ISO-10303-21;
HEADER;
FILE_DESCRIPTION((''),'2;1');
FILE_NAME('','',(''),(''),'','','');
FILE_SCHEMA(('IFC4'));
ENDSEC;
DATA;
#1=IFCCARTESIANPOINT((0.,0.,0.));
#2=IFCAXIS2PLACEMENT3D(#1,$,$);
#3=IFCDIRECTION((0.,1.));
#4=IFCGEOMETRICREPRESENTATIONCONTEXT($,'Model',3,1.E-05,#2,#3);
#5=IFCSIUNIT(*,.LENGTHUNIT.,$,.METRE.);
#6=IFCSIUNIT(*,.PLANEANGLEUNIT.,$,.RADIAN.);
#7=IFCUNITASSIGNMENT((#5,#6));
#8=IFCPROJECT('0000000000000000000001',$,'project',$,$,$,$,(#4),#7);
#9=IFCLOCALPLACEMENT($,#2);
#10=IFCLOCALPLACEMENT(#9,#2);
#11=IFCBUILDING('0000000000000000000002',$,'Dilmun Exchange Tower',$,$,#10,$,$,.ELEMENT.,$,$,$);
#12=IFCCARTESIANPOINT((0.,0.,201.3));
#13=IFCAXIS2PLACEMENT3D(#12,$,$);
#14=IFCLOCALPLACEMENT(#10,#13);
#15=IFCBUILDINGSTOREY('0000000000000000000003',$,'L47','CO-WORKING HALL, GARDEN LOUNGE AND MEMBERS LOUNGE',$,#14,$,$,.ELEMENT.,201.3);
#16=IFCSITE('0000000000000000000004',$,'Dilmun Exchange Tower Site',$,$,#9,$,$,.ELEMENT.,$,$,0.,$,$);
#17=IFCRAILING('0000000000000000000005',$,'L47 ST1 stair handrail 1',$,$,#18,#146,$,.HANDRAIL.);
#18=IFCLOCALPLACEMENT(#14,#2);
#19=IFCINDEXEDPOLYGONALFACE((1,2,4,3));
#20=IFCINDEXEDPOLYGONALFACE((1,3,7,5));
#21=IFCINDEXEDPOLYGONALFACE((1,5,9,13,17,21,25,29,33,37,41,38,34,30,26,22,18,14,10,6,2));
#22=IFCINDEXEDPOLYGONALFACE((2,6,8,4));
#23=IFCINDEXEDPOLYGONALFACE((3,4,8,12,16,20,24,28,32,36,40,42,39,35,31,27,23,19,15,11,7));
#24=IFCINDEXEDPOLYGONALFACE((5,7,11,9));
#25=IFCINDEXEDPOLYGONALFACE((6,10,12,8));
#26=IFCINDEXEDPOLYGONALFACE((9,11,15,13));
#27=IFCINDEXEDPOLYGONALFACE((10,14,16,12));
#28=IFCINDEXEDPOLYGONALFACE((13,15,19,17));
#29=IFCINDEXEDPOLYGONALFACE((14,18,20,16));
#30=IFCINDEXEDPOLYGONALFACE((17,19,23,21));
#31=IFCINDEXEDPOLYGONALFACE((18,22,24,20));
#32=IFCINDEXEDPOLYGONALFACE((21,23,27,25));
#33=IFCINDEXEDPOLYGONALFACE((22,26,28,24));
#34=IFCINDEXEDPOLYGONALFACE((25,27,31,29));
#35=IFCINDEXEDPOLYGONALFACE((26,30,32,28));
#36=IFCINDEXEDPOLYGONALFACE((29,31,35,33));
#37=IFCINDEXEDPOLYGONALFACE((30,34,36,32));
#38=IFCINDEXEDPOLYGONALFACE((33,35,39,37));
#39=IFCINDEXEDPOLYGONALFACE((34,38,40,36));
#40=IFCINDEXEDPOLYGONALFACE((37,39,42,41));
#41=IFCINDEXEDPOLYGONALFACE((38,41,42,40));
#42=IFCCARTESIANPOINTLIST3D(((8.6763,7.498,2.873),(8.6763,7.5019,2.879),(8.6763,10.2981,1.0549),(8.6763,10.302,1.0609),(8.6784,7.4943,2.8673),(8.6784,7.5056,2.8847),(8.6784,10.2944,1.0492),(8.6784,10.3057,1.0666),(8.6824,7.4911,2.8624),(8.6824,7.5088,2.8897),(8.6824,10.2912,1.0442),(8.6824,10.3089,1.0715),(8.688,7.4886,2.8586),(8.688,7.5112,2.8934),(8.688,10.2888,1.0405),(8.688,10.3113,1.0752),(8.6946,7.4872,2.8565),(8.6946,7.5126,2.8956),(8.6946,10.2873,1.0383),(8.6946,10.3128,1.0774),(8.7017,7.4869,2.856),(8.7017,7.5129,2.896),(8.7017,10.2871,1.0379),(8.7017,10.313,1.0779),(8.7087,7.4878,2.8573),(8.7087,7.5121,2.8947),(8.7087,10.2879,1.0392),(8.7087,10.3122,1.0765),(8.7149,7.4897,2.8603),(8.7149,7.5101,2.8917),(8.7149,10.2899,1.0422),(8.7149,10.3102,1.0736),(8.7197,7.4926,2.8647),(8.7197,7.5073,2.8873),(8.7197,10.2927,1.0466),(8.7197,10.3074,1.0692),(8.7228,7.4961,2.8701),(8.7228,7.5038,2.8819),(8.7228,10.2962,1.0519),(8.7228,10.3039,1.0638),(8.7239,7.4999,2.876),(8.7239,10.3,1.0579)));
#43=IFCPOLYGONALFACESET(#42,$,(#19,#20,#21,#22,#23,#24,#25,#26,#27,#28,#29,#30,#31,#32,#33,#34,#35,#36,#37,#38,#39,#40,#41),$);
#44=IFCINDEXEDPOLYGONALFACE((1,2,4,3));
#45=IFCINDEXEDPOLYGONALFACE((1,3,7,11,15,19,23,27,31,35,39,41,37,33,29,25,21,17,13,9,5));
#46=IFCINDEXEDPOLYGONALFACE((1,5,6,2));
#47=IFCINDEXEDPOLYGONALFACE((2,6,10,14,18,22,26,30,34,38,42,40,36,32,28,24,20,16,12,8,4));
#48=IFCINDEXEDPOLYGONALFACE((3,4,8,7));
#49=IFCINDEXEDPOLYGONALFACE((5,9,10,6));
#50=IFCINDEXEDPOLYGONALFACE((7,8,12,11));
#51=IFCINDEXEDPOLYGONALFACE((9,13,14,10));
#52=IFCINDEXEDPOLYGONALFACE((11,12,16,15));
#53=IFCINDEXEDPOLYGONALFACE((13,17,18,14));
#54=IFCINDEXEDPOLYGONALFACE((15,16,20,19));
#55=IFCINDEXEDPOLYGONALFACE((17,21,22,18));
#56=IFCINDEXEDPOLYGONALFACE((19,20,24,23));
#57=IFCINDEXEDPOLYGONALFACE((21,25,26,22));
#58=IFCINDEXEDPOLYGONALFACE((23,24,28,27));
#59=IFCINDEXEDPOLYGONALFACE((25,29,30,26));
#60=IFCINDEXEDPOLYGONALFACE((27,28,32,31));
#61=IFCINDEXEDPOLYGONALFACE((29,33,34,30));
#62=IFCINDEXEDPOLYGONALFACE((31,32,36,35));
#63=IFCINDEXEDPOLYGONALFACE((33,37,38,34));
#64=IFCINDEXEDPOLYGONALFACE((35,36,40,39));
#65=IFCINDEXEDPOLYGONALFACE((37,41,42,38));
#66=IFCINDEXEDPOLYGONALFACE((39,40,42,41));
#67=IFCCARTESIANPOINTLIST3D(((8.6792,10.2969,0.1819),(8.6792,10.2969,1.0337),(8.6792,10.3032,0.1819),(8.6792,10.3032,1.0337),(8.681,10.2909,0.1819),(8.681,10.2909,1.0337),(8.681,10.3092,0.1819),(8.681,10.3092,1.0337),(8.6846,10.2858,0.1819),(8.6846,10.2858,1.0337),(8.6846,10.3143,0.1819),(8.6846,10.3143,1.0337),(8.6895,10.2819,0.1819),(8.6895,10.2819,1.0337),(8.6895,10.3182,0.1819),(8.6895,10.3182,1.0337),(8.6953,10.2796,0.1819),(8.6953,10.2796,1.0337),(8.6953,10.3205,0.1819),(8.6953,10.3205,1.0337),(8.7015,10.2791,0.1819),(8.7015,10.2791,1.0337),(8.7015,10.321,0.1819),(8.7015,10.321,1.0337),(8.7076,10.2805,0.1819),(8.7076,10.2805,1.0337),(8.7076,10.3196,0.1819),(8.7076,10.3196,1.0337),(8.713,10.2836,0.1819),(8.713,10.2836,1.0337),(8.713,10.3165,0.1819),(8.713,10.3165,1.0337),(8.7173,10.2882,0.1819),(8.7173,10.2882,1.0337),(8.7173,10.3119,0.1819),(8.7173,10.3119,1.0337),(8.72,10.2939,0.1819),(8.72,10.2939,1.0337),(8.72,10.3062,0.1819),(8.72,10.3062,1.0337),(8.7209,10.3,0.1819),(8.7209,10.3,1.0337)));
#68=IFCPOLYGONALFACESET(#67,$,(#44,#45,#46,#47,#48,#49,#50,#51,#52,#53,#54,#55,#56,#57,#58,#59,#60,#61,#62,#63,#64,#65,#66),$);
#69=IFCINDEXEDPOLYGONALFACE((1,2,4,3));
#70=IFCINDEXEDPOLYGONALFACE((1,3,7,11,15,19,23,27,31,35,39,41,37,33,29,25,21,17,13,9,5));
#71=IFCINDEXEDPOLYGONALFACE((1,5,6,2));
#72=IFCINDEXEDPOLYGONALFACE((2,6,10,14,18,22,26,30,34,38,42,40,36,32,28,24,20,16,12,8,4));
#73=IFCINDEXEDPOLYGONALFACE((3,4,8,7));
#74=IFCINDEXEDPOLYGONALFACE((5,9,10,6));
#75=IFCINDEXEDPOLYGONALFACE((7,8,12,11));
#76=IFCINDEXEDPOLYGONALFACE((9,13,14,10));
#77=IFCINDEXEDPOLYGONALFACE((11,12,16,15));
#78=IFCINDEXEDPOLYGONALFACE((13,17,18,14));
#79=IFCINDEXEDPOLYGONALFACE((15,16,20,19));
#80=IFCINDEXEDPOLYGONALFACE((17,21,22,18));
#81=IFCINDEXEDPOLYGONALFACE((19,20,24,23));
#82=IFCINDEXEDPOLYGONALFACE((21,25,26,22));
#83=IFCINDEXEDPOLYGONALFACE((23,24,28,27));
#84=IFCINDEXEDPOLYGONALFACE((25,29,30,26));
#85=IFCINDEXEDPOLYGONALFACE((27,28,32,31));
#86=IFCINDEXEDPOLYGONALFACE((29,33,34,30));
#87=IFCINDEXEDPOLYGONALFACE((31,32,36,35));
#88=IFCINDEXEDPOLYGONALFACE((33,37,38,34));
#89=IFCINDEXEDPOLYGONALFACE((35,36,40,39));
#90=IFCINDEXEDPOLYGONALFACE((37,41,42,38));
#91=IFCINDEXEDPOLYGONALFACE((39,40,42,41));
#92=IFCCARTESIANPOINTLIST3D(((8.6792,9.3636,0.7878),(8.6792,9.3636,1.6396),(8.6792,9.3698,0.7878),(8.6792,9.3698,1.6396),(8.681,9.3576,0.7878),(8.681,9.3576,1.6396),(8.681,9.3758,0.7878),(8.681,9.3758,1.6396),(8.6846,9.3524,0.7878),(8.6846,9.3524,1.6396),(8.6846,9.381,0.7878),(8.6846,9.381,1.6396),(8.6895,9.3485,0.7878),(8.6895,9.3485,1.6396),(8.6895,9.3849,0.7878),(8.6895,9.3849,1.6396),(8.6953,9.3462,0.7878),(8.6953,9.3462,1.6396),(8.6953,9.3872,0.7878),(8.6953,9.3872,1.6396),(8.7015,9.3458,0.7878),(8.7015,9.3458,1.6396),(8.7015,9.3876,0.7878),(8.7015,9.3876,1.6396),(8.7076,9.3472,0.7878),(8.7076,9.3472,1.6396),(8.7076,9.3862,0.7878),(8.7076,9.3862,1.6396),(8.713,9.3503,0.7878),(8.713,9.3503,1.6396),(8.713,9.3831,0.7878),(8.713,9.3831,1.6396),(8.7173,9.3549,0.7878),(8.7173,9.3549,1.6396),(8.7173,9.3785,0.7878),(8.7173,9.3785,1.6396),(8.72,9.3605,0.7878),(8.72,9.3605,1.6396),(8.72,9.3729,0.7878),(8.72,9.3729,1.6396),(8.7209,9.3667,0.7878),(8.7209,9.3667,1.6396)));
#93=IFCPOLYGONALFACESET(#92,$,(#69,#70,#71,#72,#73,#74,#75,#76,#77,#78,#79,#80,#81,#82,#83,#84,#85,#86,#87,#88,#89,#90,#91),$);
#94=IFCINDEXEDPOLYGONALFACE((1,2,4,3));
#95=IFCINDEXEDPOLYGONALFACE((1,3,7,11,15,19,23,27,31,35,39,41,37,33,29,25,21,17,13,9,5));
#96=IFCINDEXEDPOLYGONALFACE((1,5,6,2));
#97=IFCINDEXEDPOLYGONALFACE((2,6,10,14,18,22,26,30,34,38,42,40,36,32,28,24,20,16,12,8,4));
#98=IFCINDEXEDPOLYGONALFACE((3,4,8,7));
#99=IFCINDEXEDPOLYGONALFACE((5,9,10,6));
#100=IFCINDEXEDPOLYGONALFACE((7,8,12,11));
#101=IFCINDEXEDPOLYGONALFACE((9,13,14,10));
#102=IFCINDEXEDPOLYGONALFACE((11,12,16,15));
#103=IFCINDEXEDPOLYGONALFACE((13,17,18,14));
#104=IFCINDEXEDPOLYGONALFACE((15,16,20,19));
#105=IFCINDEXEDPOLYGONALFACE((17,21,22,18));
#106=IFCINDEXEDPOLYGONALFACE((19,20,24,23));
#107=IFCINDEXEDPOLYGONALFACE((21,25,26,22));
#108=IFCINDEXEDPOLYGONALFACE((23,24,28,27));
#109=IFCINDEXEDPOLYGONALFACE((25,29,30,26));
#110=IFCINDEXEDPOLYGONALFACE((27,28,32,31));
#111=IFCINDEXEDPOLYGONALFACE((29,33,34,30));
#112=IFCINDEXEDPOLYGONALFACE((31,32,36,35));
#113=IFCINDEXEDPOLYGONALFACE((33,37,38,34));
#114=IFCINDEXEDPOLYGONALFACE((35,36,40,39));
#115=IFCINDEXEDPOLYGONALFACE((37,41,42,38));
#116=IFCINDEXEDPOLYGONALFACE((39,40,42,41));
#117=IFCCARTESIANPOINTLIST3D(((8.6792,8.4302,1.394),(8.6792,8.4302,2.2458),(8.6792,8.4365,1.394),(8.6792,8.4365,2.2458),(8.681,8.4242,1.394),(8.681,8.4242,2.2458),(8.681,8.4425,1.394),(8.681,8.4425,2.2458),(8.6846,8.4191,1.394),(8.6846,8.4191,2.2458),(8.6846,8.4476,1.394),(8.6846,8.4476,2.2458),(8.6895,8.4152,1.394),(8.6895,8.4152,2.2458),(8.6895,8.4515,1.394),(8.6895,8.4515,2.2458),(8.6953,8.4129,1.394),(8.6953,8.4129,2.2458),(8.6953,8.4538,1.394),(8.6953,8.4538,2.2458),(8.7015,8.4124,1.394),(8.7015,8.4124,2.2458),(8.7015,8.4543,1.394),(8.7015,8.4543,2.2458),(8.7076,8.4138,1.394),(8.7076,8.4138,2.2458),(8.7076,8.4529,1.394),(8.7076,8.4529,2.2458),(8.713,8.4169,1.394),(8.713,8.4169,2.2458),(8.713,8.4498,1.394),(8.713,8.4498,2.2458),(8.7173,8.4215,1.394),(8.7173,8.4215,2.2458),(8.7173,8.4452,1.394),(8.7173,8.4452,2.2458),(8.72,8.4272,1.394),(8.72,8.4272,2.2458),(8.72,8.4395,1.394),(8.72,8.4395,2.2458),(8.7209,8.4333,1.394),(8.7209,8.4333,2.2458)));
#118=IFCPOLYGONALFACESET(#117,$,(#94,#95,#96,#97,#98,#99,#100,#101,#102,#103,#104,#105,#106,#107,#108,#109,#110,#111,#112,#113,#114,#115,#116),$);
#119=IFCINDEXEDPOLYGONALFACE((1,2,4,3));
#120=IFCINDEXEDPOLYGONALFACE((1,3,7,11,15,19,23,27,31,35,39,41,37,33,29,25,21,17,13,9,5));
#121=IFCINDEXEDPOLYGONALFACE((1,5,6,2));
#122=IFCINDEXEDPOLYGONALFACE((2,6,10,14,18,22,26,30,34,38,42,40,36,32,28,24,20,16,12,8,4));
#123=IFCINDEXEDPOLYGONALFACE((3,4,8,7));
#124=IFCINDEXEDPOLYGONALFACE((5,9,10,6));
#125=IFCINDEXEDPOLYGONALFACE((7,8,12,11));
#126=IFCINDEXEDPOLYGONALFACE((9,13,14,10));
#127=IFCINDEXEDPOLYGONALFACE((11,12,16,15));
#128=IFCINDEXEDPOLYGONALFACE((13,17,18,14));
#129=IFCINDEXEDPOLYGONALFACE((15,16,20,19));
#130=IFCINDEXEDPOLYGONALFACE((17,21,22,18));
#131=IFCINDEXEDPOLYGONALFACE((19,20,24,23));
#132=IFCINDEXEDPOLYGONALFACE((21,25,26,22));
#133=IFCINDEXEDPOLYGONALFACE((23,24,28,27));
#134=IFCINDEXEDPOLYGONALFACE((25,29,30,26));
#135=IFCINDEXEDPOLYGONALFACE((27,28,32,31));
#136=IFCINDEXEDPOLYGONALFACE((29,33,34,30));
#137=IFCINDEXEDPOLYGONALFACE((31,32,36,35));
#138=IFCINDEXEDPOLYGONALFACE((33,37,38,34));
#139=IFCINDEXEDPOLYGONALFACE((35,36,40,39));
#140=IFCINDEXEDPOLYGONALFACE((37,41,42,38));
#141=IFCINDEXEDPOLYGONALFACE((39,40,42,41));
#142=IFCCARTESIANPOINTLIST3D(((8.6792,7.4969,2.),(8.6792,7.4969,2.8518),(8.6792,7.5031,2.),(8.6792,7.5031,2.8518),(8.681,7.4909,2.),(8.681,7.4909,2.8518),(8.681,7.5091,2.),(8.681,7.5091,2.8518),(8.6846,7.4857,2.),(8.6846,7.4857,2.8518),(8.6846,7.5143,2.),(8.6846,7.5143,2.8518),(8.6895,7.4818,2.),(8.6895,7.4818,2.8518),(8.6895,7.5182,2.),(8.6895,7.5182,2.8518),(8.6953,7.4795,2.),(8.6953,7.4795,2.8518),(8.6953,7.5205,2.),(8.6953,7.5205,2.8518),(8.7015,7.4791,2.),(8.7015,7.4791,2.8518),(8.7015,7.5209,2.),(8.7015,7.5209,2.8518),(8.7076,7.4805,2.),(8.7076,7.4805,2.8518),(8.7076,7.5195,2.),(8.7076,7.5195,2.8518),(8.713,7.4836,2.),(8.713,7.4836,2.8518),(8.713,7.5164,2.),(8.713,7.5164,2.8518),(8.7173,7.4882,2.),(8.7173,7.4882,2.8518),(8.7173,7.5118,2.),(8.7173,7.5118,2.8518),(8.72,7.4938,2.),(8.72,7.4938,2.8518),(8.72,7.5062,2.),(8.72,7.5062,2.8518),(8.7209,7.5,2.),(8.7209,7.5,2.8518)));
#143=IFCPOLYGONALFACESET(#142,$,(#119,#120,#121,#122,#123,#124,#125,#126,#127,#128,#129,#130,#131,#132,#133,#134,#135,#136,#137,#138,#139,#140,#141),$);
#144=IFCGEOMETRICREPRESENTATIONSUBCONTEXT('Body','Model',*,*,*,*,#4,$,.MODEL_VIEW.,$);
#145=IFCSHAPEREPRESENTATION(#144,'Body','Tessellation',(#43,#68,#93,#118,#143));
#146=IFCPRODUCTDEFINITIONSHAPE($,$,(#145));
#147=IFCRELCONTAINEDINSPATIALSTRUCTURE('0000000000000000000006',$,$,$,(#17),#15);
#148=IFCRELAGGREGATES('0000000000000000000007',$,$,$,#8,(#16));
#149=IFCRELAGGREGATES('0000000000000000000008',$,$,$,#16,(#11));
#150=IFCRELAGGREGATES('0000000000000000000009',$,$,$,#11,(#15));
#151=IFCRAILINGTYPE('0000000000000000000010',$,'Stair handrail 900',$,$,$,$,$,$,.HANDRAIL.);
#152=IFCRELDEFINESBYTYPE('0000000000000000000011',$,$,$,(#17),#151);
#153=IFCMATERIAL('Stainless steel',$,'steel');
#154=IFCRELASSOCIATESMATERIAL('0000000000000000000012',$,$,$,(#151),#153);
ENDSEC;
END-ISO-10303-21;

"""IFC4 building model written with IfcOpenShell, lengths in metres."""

from ifc_helpers import new_model, si_unit, direction, frame, origin, origin_2d, place, context, subcontext, project, spatial, circle, extrude, material, type_object, element, save


model = new_model("IFC4")

# Units and contexts
model_context = context("Model", 3, precision=1e-05, world=origin(), true_north=direction((0.0, 1.0)))
body_context = subcontext(model_context, "Body", "Model", "MODEL_VIEW")
ifc_project = project(units=[si_unit("LENGTHUNIT", "METRE"), si_unit("PLANEANGLEUNIT", "RADIAN")], contexts=[model_context])

# Site, building, storey
site_placement = place(None, origin())
site = spatial("IfcSite", under=ifc_project, at=site_placement, Name="Dilmun Exchange Tower Site", CompositionType="ELEMENT", RefElevation=0.0)
building_placement = place(site_placement, origin())
building = spatial("IfcBuilding", under=site, at=building_placement, Name="Dilmun Exchange Tower", CompositionType="ELEMENT")
storey_placement = place(building_placement, frame((0.0, 0.0, 201.3)))
storey = spatial("IfcBuildingStorey", under=building, at=storey_placement, Name="L47", Description="CO-WORKING HALL, GARDEN LOUNGE AND MEMBERS LOUNGE", CompositionType="ELEMENT", Elevation=201.3)

# Railing
ifc_material_1 = material(Name="Stainless steel", Category="steel")
railing_type = type_object("IfcRailingType", Name="Stair handrail 900", PredefinedType="HANDRAIL", material=ifc_material_1)
railing_placement = place(storey_placement, frame((8.7, 10.3, 0.1819)))
element("IfcRailing", 1, at=railing_placement, inside=storey, type_object=railing_type, Name="L47 ST1 stair handrail 1", PredefinedType="HANDRAIL", context=body_context, shape_type="SweptSolid", body=[
    extrude(circle(Radius=0.0239, at=origin_2d()), frame((0.0, 0.0, 0.876), z_axis=(0.0, -0.838706, 0.544585), x_axis=(1.0, 0.0, 0.0)), (0.0, 0.0, 1.0), 3.3386),
    extrude(circle(Radius=0.021, at=origin_2d()), origin(), (0.0, 0.0, 1.0), 0.8518),
    extrude(circle(Radius=0.021, at=origin_2d()), frame((0.0, -0.9333, 0.606)), (0.0, 0.0, 1.0), 0.8518),
    extrude(circle(Radius=0.021, at=origin_2d()), frame((0.0, -1.8667, 1.2122)), (0.0, 0.0, 1.0), 0.8518),
    extrude(circle(Radius=0.021, at=origin_2d()), frame((0.0, -2.8, 1.8181)), (0.0, 0.0, 1.0), 0.8518),
])

save(model, "model.ifc")
